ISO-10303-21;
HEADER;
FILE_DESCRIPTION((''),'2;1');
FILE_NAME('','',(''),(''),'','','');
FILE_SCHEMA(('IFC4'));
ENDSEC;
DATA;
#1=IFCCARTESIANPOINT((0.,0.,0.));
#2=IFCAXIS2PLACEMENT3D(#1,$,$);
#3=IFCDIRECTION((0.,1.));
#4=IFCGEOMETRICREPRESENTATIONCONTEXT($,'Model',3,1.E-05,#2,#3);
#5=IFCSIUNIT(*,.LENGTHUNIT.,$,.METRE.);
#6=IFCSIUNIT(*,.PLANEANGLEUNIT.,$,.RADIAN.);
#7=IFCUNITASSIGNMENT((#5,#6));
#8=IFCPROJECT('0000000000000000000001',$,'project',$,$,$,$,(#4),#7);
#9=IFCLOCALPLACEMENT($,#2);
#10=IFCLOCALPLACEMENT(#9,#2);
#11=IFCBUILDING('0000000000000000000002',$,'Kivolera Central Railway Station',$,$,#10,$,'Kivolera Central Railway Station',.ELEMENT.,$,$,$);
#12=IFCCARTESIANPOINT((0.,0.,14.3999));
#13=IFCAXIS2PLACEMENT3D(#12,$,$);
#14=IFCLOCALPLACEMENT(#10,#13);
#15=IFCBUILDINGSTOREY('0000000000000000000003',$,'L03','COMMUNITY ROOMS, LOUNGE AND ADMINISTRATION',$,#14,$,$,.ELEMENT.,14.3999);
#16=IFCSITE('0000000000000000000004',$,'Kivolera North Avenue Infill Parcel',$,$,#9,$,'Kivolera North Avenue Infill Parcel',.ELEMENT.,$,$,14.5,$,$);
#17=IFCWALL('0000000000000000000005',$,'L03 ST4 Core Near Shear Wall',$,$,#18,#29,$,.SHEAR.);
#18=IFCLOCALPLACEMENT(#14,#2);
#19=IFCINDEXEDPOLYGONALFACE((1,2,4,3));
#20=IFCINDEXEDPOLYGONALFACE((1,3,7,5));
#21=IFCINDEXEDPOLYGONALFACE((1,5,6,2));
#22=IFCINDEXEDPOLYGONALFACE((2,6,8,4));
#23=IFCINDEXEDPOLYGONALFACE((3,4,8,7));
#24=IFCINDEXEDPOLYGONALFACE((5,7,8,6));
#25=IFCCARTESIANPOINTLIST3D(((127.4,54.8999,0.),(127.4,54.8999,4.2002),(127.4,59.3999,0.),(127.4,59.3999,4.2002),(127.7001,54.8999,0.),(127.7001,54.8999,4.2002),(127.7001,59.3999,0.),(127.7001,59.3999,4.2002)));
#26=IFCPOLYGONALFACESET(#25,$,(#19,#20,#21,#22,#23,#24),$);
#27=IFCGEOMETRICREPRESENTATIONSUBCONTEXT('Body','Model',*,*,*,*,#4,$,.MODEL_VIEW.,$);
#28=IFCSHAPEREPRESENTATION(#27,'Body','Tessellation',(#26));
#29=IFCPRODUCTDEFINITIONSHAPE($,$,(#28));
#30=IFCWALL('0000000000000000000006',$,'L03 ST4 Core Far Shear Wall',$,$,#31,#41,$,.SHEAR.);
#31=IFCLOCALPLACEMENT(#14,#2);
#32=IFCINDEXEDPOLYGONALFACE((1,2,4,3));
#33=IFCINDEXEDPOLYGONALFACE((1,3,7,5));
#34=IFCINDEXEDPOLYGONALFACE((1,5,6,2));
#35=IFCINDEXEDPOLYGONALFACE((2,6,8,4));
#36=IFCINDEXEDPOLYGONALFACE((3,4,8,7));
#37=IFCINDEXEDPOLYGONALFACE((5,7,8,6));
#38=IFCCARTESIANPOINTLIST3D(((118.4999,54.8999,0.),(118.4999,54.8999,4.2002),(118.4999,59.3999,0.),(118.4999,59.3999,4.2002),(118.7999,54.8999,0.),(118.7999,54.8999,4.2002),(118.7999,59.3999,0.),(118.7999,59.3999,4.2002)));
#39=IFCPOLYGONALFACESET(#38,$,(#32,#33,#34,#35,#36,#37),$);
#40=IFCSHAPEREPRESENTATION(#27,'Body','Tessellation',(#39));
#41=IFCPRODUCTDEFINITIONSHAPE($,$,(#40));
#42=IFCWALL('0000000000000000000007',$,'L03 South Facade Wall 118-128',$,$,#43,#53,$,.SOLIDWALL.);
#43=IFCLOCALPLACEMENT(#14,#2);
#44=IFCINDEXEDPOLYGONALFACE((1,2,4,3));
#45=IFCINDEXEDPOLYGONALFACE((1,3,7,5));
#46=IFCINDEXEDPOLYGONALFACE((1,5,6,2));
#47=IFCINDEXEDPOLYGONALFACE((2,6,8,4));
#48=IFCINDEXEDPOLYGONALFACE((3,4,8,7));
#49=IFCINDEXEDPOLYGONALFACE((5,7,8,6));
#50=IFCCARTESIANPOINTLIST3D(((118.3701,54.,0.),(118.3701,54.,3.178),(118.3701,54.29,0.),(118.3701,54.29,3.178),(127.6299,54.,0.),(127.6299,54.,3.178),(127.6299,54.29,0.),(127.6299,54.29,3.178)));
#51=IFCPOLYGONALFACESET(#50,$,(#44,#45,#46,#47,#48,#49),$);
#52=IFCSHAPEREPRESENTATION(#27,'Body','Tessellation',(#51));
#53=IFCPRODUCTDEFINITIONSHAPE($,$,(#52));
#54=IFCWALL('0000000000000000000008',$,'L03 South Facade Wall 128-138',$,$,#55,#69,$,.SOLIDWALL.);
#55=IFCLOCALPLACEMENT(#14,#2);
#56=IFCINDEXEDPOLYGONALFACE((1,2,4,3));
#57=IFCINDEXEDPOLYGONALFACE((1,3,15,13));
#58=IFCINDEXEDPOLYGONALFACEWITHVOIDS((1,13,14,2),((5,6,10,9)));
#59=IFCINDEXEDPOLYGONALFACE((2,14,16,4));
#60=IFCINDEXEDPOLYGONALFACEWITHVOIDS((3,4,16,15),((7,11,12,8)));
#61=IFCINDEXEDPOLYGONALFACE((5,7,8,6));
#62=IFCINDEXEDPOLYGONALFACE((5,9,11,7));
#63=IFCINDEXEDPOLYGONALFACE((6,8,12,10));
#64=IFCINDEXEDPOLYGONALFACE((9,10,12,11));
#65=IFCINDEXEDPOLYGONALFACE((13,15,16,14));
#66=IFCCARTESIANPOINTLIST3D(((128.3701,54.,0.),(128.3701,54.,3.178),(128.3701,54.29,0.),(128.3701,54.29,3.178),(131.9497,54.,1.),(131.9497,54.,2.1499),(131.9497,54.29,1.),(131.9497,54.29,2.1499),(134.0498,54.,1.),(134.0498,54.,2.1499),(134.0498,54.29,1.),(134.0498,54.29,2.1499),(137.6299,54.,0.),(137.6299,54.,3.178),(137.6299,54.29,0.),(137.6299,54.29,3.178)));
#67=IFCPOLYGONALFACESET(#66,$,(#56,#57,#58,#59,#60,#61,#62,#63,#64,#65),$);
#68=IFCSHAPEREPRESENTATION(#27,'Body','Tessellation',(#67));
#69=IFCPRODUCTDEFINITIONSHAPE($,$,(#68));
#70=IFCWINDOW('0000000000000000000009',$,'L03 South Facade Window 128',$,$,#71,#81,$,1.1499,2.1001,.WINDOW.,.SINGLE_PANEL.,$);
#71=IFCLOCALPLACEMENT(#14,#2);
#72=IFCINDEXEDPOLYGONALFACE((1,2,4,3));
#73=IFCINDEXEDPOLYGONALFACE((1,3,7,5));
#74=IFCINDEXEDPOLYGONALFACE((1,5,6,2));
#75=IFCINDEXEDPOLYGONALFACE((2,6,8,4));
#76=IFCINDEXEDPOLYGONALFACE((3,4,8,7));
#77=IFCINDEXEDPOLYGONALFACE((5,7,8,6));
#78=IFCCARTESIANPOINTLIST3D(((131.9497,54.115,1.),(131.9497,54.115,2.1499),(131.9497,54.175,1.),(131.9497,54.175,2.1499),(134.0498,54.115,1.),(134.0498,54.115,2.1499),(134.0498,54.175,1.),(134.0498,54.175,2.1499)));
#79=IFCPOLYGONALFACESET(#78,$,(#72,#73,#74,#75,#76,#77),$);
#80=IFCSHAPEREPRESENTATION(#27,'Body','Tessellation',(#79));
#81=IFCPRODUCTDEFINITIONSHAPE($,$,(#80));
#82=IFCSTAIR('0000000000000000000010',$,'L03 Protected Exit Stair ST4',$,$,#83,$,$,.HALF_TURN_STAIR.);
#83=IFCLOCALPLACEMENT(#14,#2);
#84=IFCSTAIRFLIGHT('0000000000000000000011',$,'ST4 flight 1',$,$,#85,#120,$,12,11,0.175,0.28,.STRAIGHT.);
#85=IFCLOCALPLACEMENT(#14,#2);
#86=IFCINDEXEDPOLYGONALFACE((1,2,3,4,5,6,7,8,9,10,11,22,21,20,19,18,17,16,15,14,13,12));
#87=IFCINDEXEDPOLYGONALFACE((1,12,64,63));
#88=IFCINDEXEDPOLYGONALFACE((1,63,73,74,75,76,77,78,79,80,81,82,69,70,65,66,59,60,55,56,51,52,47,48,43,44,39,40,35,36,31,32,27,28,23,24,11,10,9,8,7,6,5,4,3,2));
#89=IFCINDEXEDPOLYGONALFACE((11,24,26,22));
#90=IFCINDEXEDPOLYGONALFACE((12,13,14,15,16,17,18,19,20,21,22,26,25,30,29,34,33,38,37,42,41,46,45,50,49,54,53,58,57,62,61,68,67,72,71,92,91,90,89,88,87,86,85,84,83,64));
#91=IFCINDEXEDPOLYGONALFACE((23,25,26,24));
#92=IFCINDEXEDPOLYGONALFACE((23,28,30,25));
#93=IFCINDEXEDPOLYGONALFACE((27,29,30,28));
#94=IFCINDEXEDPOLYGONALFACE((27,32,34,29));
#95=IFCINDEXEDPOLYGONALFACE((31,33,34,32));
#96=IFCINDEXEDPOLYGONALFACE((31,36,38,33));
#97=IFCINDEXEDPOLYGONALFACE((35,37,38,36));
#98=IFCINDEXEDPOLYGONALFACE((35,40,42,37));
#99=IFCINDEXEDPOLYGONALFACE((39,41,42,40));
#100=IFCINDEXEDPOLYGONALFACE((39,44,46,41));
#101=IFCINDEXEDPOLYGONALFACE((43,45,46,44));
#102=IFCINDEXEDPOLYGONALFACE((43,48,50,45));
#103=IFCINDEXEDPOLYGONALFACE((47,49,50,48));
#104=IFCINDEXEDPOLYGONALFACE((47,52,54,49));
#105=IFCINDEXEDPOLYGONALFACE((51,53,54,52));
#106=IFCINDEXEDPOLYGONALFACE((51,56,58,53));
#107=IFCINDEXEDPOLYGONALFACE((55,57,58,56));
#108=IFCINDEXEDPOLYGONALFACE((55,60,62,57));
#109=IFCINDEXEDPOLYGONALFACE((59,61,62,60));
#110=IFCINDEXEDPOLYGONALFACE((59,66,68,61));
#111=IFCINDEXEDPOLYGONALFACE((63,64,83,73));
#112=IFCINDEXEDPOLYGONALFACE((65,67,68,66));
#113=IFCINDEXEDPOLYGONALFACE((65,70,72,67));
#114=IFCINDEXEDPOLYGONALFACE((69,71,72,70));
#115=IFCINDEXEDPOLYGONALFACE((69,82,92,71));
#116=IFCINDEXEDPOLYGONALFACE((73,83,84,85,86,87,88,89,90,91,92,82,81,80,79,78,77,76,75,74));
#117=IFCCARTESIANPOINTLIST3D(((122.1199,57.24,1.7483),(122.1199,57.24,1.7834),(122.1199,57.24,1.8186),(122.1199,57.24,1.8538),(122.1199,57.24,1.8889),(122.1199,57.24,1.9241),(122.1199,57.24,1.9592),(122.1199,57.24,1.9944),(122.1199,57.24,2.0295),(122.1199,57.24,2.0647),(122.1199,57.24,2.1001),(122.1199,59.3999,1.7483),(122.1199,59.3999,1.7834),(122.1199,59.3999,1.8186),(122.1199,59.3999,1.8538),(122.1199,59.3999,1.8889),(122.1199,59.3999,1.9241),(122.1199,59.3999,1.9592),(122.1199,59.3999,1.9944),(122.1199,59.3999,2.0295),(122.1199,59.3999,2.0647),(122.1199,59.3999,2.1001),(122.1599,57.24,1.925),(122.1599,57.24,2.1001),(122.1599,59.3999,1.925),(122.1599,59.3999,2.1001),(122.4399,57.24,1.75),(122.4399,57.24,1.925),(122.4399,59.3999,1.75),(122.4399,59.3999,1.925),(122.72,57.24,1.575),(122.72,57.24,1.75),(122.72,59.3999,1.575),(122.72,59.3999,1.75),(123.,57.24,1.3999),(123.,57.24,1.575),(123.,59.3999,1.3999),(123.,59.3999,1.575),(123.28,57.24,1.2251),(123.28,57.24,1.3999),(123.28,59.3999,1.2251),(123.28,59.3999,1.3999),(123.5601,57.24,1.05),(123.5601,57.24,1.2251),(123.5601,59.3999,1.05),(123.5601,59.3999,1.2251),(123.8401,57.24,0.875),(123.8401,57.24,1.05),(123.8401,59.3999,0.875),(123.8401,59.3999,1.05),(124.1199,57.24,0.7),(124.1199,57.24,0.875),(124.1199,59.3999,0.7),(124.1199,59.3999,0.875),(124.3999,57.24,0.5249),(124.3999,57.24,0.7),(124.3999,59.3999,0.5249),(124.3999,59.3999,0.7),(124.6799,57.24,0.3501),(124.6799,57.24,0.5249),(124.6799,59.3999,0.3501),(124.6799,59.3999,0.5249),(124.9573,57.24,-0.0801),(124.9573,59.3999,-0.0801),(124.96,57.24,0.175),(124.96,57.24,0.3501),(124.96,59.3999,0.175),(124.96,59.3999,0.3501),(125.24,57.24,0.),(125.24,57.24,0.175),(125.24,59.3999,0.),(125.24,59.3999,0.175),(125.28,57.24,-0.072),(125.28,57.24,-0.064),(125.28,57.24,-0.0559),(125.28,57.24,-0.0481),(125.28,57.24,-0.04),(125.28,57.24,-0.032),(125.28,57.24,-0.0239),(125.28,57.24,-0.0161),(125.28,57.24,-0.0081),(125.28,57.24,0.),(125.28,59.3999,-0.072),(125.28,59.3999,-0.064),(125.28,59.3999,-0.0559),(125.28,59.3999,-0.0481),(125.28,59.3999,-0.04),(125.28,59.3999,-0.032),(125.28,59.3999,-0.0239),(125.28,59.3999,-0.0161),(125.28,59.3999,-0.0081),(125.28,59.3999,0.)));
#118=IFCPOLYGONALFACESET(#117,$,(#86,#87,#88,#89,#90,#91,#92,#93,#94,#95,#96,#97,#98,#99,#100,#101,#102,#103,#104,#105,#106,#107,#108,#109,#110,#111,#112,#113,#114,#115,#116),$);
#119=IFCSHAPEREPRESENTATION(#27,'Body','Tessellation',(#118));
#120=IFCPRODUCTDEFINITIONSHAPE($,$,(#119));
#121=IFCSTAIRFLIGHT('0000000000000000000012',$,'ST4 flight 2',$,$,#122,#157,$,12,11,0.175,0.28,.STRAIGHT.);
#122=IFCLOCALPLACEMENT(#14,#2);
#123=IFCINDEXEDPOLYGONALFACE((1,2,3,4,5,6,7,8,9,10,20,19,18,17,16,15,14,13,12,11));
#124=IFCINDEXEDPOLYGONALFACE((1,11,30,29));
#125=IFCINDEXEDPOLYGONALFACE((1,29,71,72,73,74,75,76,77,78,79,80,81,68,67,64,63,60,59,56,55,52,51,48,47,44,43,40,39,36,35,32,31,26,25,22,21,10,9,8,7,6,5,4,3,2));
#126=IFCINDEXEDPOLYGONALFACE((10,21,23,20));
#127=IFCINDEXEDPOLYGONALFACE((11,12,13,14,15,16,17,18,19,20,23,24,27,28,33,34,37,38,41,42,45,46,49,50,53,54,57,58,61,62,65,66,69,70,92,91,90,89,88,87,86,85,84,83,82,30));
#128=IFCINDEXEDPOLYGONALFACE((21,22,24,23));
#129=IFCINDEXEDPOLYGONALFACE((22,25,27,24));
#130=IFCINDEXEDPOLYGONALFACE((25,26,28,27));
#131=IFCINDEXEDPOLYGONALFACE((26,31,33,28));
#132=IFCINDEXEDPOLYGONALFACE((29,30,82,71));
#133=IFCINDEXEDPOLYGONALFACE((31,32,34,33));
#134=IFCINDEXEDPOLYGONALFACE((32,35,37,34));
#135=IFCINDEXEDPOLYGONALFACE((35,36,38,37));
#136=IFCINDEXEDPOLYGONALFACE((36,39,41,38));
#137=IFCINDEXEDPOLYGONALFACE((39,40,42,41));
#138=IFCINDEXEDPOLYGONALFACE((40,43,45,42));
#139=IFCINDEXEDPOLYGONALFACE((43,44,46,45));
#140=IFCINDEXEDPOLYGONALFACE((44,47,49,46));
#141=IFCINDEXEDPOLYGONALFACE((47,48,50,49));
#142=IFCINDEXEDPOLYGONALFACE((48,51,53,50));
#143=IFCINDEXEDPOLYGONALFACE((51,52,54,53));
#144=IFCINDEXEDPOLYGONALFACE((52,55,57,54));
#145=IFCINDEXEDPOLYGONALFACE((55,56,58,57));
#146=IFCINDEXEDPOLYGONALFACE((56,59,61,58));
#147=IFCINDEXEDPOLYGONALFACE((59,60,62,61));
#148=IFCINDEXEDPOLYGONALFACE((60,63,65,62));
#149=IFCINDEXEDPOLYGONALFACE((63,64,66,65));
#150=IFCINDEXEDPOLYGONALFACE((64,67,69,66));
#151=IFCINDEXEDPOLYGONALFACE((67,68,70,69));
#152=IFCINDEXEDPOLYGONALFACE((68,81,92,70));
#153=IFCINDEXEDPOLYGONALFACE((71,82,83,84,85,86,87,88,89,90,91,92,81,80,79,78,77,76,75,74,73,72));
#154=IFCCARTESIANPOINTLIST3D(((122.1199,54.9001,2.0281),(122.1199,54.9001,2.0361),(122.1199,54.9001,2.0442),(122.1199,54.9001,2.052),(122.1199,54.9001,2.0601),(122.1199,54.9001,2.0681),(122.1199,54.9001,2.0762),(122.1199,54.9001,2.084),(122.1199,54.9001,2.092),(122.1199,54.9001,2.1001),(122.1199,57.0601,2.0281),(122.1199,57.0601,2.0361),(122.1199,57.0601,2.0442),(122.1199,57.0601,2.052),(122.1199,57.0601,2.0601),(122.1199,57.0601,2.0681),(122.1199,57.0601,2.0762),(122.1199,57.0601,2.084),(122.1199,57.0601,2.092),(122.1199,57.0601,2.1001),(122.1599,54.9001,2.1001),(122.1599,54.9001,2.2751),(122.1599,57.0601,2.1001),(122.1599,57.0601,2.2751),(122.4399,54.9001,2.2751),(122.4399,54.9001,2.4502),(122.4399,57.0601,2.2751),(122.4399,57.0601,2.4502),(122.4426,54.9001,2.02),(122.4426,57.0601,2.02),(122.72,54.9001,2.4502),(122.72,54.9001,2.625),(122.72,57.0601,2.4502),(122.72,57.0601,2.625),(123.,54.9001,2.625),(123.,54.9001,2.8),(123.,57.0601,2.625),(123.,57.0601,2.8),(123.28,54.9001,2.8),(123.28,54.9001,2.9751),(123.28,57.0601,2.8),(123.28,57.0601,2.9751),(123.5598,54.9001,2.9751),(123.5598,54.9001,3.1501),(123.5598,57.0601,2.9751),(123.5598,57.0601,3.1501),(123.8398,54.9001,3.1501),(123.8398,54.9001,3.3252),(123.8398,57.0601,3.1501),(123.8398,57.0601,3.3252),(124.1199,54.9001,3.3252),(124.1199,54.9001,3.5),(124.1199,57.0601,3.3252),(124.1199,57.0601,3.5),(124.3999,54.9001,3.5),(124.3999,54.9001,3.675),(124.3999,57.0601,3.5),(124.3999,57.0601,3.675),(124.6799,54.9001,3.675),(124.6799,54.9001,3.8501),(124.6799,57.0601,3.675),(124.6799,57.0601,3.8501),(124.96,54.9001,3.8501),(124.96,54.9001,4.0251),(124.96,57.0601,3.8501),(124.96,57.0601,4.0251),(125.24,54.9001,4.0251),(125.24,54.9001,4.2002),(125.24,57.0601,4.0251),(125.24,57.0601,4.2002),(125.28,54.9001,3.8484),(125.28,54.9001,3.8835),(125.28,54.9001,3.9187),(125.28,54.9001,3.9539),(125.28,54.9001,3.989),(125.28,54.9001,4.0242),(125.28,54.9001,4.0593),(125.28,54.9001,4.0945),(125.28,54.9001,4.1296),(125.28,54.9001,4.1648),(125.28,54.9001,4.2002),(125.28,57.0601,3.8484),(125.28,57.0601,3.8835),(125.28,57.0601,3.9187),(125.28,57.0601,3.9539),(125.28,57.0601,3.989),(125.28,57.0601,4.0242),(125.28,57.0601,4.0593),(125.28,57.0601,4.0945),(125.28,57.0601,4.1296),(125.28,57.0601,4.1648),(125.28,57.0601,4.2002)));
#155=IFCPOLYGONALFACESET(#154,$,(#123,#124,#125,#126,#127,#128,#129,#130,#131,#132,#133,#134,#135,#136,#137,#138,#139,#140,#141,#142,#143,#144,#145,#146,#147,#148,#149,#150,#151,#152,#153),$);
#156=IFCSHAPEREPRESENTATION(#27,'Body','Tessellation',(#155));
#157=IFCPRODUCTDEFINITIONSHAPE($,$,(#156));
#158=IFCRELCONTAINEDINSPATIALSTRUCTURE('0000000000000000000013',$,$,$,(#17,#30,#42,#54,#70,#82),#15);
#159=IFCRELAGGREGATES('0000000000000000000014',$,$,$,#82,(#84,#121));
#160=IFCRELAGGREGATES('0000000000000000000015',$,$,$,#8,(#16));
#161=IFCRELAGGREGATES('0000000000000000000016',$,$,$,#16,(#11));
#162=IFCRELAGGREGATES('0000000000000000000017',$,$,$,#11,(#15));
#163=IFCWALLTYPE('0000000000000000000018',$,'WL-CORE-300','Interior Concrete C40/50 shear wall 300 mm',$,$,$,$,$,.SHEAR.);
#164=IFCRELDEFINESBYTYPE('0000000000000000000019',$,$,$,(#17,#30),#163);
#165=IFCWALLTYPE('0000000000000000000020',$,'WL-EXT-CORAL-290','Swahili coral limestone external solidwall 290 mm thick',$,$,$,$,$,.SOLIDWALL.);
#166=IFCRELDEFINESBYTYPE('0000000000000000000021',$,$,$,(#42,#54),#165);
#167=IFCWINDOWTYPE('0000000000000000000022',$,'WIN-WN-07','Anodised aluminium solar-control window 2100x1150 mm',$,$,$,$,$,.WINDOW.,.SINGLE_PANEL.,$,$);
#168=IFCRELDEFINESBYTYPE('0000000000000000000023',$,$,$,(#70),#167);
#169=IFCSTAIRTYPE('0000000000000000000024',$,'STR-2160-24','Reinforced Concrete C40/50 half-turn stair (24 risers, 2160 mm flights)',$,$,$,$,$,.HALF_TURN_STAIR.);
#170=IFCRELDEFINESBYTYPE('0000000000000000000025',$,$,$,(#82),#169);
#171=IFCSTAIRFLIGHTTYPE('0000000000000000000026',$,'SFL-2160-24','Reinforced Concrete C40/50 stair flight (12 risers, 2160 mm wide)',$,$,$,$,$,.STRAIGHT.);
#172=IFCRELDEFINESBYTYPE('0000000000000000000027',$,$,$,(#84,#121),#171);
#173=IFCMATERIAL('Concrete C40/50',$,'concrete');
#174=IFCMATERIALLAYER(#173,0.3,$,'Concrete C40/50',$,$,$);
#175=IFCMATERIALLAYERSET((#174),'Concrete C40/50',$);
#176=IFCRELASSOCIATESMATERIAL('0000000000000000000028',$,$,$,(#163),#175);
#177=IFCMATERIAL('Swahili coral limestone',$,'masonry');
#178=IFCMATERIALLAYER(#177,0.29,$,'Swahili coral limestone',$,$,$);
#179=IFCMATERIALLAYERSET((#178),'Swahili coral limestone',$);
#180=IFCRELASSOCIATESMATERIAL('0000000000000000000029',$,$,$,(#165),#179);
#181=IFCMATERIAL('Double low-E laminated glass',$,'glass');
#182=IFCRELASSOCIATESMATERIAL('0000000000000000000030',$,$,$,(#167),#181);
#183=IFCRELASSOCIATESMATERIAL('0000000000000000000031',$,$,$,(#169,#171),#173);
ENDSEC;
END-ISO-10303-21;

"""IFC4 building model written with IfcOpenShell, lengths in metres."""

from ifc_helpers import new_model, si_unit, direction, frame, frame_2d, origin, place, context, subcontext, project, spatial, polyline, rectangle, outline, extrude, material, layer, layer_set, type_object, element, fill, aggregate, save


model = new_model("IFC4")

# Units and contexts
model_context = context("Model", 3, precision=1e-05, world=origin(), true_north=direction((0.0, 1.0)))
body_context = subcontext(model_context, "Body", "Model", "MODEL_VIEW")
ifc_project = project(units=[si_unit("LENGTHUNIT", "METRE"), si_unit("PLANEANGLEUNIT", "RADIAN")], contexts=[model_context])

# Site, building, storey
site_placement = place(None, origin())
site = spatial("IfcSite", under=ifc_project, at=site_placement, Name="Kivolera North Avenue Infill Parcel", LongName="Kivolera North Avenue Infill Parcel", CompositionType="ELEMENT", RefElevation=14.5)
building_placement = place(site_placement, origin())
building = spatial("IfcBuilding", under=site, at=building_placement, Name="Kivolera Central Railway Station", LongName="Kivolera Central Railway Station", CompositionType="ELEMENT")
storey_placement = place(building_placement, frame((0.0, 0.0, 14.3999)))
storey = spatial("IfcBuildingStorey", under=building, at=storey_placement, Name="L03", Description="COMMUNITY ROOMS, LOUNGE AND ADMINISTRATION", CompositionType="ELEMENT", Elevation=14.3999)

# Shared definitions
ifc_material_1 = material(Name="Concrete C40/50", Category="concrete")

# Shared definitions
ifc_material_2 = material(Name="Swahili coral limestone", Category="masonry")

# Shared definitions
ifc_layer_1 = layer(ifc_material_1, 0.3, Name="Concrete C40/50")
ifc_layer_set_1 = layer_set([ifc_layer_1], Name="Concrete C40/50")
wall_type_1 = type_object("IfcWallType", Name="WL-CORE-300", Description="Interior Concrete C40/50 shear wall 300 mm", PredefinedType="SHEAR", material=ifc_layer_set_1)

# Walls
for number, where, z_axis, x_axis, name in (
    (1, (127.55, 59.3999, 0.0), (0.0, 0.0, 1.0), (0.0, -1.0, 0.0), "L03 ST4 Core Near Shear Wall"),
    (2, (118.6499, 54.8999, 0.0), (0.0, 0.0, 1.0), (0.0, 1.0, 0.0), "L03 ST4 Core Far Shear Wall"),
):
    element("IfcWall", number, at=place(storey_placement, frame(where, z_axis=z_axis, x_axis=x_axis)), inside=storey, type_object=wall_type_1, Name=name, PredefinedType="SHEAR", context=body_context, shape_type="SweptSolid", body=[
        extrude(rectangle(XDim=4.5, YDim=0.3, at=frame_2d((2.25, 0.0))), origin(), (0.0, 0.0, 1.0), 4.2002),
    ])
ifc_layer_2 = layer(ifc_material_2, 0.29, Name="Swahili coral limestone")
ifc_layer_set_2 = layer_set([ifc_layer_2], Name="Swahili coral limestone")
wall_type_2 = type_object("IfcWallType", Name="WL-EXT-CORAL-290", Description="Swahili coral limestone external solidwall 290 mm thick", PredefinedType="SOLIDWALL", material=ifc_layer_set_2)
wall_1_placement = place(storey_placement, frame((127.6299, 54.145, 0.0), z_axis=(0.0, 0.0, 1.0), x_axis=(-1.0, 0.0, 0.0)))
element("IfcWall", 3, at=wall_1_placement, inside=storey, type_object=wall_type_2, Name="L03 South Facade Wall 118-128", PredefinedType="SOLIDWALL", context=body_context, shape_type="SweptSolid", body=[
    extrude(rectangle(XDim=9.2598, YDim=0.29, at=frame_2d((4.6299, 0.0))), origin(), (0.0, 0.0, 1.0), 3.178),
])

# Wall, opening, window
wall_2_placement = place(storey_placement, frame((137.6299, 54.145, 0.0), z_axis=(0.0, 0.0, 1.0), x_axis=(-1.0, 0.0, 0.0)))
wall_2 = element("IfcWall", 4, at=wall_2_placement, inside=storey, type_object=wall_type_2, Name="L03 South Facade Wall 128-138", PredefinedType="SOLIDWALL", context=body_context, shape_type="SweptSolid", body=[
    extrude(rectangle(XDim=9.2598, YDim=0.29, at=frame_2d((4.6299, 0.0))), origin(), (0.0, 0.0, 1.0), 3.178),
])
opening_1_placement = place(wall_2_placement, frame((3.5801, 0.0, 1.0)))
opening_1 = element("IfcOpeningElement", 5, at=opening_1_placement, cuts=wall_2, PredefinedType="OPENING", context=body_context, shape_type="SweptSolid", body=[
    extrude(rectangle(XDim=2.1001, YDim=1.1499, at=frame_2d((1.05, 0.575))), frame((0.0, 0.155, 0.0), z_axis=(0.0, -1.0, 0.0), x_axis=(1.0, 0.0, 0.0)), (0.0, 0.0, 1.0), 0.3101),
])
ifc_material_3 = material(Name="Double low-E laminated glass", Category="glass")
window_type = type_object("IfcWindowType", Name="WIN-WN-07", Description="Anodised aluminium solar-control window 2100x1150 mm", PartitioningType="SINGLE_PANEL", PredefinedType="WINDOW", material=ifc_material_3)
window_placement = place(opening_1_placement, origin())
window = element("IfcWindow", 6, at=window_placement, inside=storey, type_object=window_type, Name="L03 South Facade Window 128", OverallHeight=1.1499, OverallWidth=2.1001, PartitioningType="SINGLE_PANEL", PredefinedType="WINDOW", context=body_context, shape_type="SweptSolid", body=[
    extrude(rectangle(XDim=2.1001, YDim=1.1499, at=frame_2d((1.05, 0.575))), frame((0.0, 0.03, 0.0), z_axis=(0.0, -1.0, 0.0), x_axis=(1.0, 0.0, 0.0)), (0.0, 0.0, 1.0), 0.0601),
])
fill(opening_1, window)

# Stair, stair flights
stair_type = type_object("IfcStairType", Name="STR-2160-24", Description="Reinforced Concrete C40/50 half-turn stair (24 risers, 2160 mm flights)", PredefinedType="HALF_TURN_STAIR", material=ifc_material_1)
stair_placement = place(storey_placement, origin())
stair = element("IfcStair", 7, at=stair_placement, inside=storey, type_object=stair_type, Name="L03 Protected Exit Stair ST4", PredefinedType="HALF_TURN_STAIR")
stair_flight_type = type_object("IfcStairFlightType", Name="SFL-2160-24", Description="Reinforced Concrete C40/50 stair flight (12 risers, 2160 mm wide)", PredefinedType="STRAIGHT", material=ifc_material_1)
stair_flight_1_placement = place(storey_placement, frame((125.24, 58.3201, 0.0), z_axis=(0.0, 0.0, 1.0), x_axis=(-1.0, 0.0, 0.0)))
stair_flight_1 = element("IfcStairFlight", 8, at=stair_flight_1_placement, type_object=stair_flight_type, Name="ST4 flight 1", NumberOfRisers=12, NumberOfTreads=11, PredefinedType="STRAIGHT", RiserHeight=0.175, TreadLength=0.28, context=body_context, shape_type="SweptSolid", body=[
    extrude(outline(polyline([(-0.04, 0.0), (0.0, 0.0), (0.0, 0.175), (0.28, 0.175), (0.28, 0.3501), (0.5601, 0.3501), (0.5601, 0.5249), (0.8401, 0.5249), (0.8401, 0.7), (1.1201, 0.7), (1.1201, 0.875), (1.3999, 0.875), (1.3999, 1.05), (1.6799, 1.05), (1.6799, 1.2251), (1.96, 1.2251), (1.96, 1.3999), (2.24, 1.3999), (2.24, 1.575), (2.52, 1.575), (2.52, 1.75), (2.8, 1.75), (2.8, 1.925), (3.0801, 1.925), (3.0801, 2.1001), (3.1201, 2.1001), (3.1201, 2.0647), (3.1201, 2.0295), (3.1201, 1.9944), (3.1201, 1.9592), (3.1201, 1.9241), (3.1201, 1.8889), (3.1201, 1.8538), (3.1201, 1.8186), (3.1201, 1.7834), (3.1201, 1.7483), (0.2827, -0.0801), (-0.04, -0.072), (-0.04, -0.064), (-0.04, -0.0559), (-0.04, -0.0481), (-0.04, -0.04), (-0.04, -0.032), (-0.04, -0.0239), (-0.04, -0.0161), (-0.04, -0.0081), (-0.04, 0.0)])), frame((0.0, 1.0801, 0.0), z_axis=(0.0, -1.0, 0.0), x_axis=(1.0, 0.0, 0.0)), (0.0, 0.0, 1.0), 2.1599),
])
stair_flight_2_placement = place(storey_placement, frame((122.1599, 55.98, 2.1001), z_axis=(0.0, 0.0, 1.0), x_axis=(1.0, 0.0, 0.0)))
stair_flight_2 = element("IfcStairFlight", 9, at=stair_flight_2_placement, type_object=stair_flight_type, Name="ST4 flight 2", NumberOfRisers=12, NumberOfTreads=11, PredefinedType="STRAIGHT", RiserHeight=0.175, TreadLength=0.28, context=body_context, shape_type="SweptSolid", body=[
    extrude(outline(polyline([(-0.04, 0.0), (0.0, 0.0), (0.0, 0.175), (0.28, 0.175), (0.28, 0.3501), (0.5601, 0.3501), (0.5601, 0.5249), (0.8401, 0.5249), (0.8401, 0.7), (1.1201, 0.7), (1.1201, 0.875), (1.3999, 0.875), (1.3999, 1.05), (1.6799, 1.05), (1.6799, 1.2251), (1.96, 1.2251), (1.96, 1.3999), (2.24, 1.3999), (2.24, 1.575), (2.52, 1.575), (2.52, 1.75), (2.8, 1.75), (2.8, 1.925), (3.0801, 1.925), (3.0801, 2.1001), (3.1201, 2.1001), (3.1201, 2.0647), (3.1201, 2.0295), (3.1201, 1.9944), (3.1201, 1.9592), (3.1201, 1.9241), (3.1201, 1.8889), (3.1201, 1.8538), (3.1201, 1.8186), (3.1201, 1.7834), (3.1201, 1.7483), (0.2827, -0.0801), (-0.04, -0.072), (-0.04, -0.064), (-0.04, -0.0559), (-0.04, -0.0481), (-0.04, -0.04), (-0.04, -0.032), (-0.04, -0.0239), (-0.04, -0.0161), (-0.04, -0.0081), (-0.04, 0.0)])), frame((0.0, 1.0801, 0.0), z_axis=(0.0, -1.0, 0.0), x_axis=(1.0, 0.0, 0.0)), (0.0, 0.0, 1.0), 2.1599),
])
aggregate(stair, [stair_flight_1, stair_flight_2])

save(model, "model.ifc")
